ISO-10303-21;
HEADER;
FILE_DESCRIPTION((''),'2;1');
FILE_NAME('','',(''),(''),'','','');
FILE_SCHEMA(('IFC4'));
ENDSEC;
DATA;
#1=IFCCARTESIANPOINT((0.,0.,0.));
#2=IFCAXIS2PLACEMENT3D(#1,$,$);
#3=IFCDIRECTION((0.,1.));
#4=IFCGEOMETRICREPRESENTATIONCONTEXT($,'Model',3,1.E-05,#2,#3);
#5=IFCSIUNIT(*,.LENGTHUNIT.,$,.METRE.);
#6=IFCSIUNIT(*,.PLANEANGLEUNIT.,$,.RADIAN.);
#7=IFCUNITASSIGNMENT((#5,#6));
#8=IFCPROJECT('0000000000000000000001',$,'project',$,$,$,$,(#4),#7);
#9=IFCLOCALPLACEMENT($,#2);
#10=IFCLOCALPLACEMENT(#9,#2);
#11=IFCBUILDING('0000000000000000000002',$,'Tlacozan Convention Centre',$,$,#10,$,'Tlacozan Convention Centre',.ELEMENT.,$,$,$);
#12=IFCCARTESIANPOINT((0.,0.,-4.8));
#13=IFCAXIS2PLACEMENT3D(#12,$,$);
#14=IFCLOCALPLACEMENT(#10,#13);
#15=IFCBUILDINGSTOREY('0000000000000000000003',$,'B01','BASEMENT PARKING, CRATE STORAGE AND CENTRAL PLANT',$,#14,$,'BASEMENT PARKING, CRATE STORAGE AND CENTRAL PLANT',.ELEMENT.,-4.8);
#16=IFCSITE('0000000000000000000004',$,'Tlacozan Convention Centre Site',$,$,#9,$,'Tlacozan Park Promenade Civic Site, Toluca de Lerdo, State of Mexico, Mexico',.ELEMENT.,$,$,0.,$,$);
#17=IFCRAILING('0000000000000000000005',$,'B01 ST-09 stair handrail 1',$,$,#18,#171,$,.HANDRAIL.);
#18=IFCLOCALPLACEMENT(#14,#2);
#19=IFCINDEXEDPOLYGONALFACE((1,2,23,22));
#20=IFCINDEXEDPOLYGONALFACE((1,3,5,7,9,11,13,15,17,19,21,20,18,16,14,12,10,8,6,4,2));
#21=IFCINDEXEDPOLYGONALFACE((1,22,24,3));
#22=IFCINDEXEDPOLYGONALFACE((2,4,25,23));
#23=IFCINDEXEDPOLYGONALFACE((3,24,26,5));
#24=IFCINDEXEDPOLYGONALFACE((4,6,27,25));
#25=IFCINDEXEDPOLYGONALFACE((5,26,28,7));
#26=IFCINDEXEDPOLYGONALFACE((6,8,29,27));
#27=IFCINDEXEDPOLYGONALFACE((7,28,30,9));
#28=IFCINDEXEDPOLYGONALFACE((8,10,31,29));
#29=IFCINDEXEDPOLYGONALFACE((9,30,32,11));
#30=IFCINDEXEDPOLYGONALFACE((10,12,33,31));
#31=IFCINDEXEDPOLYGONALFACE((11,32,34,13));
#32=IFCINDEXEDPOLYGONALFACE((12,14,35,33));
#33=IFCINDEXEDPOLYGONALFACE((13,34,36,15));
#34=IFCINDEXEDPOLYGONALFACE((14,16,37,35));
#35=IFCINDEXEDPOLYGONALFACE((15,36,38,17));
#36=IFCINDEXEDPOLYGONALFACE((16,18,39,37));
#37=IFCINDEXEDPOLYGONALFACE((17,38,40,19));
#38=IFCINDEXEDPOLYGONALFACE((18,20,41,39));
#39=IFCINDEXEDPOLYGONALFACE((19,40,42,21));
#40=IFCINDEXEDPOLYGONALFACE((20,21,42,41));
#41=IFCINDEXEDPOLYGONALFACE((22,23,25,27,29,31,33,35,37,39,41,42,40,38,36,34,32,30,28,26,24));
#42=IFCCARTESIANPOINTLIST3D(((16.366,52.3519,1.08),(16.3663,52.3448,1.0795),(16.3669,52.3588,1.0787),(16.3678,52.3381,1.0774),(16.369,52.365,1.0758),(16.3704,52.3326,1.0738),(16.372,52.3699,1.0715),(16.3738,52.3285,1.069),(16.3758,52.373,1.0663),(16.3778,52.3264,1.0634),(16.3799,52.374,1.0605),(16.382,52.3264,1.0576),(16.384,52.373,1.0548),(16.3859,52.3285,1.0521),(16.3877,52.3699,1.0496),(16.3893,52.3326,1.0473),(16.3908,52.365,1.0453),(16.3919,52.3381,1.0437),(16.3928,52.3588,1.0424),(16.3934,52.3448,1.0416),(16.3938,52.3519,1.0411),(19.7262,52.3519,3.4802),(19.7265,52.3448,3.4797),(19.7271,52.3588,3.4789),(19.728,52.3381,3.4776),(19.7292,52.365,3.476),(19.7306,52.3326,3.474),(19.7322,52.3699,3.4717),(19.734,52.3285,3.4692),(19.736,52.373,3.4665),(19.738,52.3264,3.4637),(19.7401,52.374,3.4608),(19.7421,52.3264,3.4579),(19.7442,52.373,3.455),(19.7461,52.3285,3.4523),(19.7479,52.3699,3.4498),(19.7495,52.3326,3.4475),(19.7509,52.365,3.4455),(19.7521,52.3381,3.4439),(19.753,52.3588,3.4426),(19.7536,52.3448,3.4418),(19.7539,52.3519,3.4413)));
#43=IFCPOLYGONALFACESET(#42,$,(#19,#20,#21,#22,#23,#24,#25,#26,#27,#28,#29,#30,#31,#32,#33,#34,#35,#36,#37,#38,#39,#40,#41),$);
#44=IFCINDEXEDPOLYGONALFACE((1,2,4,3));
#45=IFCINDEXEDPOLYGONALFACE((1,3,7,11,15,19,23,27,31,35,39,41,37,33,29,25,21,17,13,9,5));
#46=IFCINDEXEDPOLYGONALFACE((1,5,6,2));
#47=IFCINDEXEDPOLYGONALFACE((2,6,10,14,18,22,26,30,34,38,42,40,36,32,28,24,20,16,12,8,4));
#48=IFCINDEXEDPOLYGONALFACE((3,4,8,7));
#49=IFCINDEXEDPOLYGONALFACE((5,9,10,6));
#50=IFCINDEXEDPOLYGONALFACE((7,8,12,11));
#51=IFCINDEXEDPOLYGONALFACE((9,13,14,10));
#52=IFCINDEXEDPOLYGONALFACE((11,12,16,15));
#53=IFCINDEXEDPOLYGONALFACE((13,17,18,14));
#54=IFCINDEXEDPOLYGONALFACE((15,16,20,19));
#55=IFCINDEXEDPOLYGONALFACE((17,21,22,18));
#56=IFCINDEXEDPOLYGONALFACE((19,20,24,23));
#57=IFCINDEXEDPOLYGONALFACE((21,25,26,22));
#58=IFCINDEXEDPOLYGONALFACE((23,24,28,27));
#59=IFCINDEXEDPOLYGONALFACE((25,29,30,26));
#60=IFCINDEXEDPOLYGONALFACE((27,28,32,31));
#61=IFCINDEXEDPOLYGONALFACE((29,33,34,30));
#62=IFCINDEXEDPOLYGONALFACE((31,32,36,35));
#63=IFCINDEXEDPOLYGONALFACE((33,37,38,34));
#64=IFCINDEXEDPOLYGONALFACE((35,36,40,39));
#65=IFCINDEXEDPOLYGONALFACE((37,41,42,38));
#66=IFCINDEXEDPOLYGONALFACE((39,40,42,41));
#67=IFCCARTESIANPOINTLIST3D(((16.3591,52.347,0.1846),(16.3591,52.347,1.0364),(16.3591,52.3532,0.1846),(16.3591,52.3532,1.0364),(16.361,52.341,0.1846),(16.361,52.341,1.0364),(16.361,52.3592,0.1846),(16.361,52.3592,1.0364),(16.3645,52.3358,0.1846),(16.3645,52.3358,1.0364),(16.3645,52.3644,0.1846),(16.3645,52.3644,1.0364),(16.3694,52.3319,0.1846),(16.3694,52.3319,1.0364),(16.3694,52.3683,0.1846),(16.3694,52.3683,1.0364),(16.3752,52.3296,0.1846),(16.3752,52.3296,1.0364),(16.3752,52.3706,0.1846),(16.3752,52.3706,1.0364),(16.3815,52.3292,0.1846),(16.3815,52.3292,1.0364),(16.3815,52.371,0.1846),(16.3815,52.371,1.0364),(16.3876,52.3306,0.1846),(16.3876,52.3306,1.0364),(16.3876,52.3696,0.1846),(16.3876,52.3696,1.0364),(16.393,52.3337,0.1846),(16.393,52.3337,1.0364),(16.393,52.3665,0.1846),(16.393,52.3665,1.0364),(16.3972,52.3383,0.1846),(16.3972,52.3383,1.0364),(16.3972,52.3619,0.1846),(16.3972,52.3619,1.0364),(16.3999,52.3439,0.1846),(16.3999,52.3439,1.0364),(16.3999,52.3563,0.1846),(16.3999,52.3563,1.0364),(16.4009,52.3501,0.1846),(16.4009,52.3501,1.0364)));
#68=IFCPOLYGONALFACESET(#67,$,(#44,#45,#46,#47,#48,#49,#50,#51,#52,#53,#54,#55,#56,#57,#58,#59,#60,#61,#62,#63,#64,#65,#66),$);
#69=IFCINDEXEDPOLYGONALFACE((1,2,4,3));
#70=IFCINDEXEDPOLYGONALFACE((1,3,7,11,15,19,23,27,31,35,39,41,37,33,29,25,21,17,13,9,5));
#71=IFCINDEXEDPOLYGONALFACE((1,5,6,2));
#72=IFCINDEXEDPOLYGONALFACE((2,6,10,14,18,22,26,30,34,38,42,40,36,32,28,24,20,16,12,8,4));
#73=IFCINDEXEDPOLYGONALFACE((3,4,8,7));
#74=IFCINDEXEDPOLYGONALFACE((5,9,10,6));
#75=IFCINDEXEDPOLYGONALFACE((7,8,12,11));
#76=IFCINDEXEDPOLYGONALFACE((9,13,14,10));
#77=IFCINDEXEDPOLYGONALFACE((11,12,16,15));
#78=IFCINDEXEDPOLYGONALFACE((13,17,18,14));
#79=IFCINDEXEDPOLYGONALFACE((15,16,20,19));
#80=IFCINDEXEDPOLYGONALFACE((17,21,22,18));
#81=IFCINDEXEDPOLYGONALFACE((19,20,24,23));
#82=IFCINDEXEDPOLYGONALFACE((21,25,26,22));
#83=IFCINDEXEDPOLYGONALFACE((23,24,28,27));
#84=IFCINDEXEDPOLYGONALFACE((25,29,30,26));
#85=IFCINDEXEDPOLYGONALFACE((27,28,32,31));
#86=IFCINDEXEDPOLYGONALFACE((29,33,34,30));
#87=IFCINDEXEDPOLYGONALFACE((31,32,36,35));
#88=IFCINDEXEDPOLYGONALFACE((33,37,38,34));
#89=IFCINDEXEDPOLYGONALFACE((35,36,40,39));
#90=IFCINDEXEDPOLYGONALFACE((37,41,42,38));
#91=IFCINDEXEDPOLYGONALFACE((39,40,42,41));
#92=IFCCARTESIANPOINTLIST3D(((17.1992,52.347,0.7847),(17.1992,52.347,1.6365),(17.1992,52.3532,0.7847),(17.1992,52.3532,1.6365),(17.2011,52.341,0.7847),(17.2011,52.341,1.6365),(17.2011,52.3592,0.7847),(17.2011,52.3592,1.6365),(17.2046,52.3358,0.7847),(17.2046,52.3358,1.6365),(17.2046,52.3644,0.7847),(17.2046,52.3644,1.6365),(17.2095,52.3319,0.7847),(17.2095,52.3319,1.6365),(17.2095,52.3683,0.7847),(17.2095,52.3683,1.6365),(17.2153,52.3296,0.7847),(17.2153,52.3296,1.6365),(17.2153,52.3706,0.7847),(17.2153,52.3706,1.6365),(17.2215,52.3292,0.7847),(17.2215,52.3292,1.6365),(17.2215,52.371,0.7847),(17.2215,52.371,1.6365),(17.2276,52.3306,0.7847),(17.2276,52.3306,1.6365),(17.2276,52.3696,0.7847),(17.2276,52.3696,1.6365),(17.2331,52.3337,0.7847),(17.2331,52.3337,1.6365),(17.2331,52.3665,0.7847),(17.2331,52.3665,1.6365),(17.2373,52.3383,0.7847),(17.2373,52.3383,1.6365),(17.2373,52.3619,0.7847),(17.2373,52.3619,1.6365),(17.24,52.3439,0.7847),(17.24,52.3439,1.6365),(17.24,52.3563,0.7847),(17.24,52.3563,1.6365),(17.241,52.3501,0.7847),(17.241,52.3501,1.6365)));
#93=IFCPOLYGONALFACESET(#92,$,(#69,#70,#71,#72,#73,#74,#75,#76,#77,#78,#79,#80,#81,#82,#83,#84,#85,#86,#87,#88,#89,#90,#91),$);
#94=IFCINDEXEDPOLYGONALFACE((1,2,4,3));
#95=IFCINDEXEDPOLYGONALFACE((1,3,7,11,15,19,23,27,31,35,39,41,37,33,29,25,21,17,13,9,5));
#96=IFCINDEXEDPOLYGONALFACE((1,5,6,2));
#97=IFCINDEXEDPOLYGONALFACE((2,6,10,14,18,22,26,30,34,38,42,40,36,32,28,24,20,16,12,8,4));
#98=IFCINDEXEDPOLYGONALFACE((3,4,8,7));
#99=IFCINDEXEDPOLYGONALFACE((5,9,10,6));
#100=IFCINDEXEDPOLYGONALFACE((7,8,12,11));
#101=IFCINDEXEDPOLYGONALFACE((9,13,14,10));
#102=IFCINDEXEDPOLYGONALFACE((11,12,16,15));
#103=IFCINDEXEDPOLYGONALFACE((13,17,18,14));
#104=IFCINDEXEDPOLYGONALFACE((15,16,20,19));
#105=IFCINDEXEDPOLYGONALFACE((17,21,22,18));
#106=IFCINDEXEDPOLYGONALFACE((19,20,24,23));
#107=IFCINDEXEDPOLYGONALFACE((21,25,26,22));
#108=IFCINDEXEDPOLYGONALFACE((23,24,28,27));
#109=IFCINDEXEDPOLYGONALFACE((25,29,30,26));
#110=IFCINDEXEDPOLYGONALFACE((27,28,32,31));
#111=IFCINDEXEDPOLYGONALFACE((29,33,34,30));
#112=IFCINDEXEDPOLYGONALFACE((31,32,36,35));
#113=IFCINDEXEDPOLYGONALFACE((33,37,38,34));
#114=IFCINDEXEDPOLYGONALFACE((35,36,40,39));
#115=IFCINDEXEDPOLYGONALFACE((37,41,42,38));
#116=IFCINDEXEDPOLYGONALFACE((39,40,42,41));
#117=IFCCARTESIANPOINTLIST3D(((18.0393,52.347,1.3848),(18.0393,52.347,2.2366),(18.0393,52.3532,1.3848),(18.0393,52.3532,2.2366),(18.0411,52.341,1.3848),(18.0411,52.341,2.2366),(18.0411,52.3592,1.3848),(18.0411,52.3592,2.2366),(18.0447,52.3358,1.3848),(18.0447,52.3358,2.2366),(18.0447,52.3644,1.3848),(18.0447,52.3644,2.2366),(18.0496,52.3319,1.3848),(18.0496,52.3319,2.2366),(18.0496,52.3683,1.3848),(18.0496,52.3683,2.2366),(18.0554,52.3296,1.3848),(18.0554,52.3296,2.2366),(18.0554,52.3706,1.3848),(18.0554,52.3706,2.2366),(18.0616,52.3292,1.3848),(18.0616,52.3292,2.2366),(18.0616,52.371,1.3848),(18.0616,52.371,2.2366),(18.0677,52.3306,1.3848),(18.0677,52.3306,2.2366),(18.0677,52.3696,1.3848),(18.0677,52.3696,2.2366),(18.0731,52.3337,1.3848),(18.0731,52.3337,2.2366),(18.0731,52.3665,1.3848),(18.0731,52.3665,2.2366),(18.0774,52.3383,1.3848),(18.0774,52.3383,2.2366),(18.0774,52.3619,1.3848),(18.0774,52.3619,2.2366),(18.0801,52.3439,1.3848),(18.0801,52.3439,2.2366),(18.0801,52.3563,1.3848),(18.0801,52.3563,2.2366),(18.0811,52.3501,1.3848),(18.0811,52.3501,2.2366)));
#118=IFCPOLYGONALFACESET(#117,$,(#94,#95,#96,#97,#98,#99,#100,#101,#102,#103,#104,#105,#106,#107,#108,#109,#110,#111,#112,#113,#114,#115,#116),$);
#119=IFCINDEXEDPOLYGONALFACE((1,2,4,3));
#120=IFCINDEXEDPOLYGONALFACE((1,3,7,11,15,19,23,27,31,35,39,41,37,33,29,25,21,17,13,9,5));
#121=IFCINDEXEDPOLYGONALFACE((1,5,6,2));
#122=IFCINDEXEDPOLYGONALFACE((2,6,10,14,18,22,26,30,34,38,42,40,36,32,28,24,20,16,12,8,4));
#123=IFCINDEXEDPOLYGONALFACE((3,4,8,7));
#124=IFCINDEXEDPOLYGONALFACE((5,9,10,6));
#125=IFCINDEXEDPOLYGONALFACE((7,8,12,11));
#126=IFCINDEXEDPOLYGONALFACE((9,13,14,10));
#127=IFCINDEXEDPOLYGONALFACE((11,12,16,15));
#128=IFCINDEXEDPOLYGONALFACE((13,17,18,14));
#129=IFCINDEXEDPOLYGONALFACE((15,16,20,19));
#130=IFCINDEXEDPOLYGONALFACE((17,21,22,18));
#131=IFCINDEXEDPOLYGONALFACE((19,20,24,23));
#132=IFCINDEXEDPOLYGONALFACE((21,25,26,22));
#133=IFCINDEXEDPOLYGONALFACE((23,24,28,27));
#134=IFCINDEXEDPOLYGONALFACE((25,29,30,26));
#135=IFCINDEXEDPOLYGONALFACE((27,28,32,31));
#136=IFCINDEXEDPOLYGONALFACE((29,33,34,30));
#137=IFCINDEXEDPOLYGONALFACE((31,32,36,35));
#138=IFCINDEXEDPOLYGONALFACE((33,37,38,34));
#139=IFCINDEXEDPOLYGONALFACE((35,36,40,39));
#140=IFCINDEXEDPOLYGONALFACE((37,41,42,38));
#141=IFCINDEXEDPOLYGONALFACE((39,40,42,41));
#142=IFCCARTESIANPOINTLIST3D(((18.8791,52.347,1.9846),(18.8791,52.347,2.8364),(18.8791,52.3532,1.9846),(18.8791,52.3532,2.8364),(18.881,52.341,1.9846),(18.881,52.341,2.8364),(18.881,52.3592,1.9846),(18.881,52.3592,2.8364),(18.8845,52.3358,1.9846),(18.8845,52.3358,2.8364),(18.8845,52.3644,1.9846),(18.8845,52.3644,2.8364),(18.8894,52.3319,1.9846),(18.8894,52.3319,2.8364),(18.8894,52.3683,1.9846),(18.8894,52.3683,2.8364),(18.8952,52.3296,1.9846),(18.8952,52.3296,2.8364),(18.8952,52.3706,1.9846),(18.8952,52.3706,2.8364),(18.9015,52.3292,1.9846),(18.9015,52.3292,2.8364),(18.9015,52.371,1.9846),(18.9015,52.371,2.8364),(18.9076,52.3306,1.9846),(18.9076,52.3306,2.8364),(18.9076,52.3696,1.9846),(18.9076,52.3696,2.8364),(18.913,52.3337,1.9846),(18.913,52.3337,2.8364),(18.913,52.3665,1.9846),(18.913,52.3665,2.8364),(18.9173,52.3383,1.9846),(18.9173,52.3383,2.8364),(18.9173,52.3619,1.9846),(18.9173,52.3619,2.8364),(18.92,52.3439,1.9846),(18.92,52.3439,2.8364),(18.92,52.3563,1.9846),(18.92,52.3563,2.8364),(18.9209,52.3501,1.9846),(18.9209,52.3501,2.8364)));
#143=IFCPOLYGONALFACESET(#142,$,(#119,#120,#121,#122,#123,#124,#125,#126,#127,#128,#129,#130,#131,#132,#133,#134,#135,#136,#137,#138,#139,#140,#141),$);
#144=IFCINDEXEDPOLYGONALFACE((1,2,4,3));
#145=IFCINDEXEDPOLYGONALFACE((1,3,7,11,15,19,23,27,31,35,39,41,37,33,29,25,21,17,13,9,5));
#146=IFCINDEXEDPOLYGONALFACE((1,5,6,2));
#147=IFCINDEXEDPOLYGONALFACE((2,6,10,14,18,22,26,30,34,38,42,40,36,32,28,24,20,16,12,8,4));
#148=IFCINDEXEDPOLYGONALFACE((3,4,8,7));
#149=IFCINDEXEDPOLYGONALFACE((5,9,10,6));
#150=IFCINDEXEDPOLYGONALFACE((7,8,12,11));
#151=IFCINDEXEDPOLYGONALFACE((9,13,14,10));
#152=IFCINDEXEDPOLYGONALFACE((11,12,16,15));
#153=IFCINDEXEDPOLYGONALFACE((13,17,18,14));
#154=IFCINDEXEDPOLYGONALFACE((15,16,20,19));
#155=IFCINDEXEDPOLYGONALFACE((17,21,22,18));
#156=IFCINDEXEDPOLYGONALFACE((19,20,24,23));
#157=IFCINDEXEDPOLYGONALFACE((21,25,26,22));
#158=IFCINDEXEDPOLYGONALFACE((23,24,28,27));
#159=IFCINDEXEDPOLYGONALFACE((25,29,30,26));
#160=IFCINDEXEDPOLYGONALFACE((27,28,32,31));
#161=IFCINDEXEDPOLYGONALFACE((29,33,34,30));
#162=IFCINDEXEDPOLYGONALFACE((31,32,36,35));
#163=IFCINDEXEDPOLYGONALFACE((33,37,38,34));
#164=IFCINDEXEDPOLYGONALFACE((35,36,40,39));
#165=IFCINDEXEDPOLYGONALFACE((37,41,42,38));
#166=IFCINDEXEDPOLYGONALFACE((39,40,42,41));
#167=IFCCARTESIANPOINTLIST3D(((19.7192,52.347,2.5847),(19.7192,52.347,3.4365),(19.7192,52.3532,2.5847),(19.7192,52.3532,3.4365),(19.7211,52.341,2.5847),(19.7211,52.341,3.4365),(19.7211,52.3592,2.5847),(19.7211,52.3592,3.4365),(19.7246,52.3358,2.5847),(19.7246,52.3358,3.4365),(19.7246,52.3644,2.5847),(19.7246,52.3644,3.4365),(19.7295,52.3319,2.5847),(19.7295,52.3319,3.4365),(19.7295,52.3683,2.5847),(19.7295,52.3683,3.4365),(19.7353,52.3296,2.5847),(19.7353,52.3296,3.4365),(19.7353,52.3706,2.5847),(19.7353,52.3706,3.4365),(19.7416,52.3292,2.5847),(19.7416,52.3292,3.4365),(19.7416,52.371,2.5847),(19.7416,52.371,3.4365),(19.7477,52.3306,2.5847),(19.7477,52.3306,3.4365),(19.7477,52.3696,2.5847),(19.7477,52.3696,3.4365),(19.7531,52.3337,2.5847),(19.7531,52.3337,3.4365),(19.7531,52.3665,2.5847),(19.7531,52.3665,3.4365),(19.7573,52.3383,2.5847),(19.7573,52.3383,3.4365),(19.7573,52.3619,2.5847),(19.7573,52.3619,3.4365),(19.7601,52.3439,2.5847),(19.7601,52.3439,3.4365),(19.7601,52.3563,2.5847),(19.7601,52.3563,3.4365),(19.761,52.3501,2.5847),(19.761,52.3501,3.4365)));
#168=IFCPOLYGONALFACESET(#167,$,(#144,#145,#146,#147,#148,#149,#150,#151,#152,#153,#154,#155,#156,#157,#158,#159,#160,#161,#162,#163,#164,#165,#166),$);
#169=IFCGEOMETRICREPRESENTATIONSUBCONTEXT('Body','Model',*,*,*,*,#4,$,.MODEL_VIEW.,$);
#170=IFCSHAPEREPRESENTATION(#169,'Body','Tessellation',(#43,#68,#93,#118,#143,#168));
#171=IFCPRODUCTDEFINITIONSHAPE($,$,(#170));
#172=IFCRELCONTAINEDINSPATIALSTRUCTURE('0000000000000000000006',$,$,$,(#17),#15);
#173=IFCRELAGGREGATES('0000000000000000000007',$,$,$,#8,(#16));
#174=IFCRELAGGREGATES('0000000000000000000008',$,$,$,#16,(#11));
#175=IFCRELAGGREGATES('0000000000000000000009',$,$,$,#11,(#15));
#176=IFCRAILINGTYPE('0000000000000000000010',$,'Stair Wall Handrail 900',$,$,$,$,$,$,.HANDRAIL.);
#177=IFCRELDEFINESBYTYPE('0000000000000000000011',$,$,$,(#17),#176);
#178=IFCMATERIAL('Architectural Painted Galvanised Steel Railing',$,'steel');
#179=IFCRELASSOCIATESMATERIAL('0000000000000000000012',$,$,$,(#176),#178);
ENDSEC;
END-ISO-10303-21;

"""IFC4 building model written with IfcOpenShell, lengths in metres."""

from ifc_helpers import new_model, si_unit, direction, frame, origin, origin_2d, place, context, subcontext, project, spatial, circle, extrude, material, type_object, element, save


model = new_model("IFC4")

# Units and contexts
model_context = context("Model", 3, precision=1e-05, world=origin(), true_north=direction((0.0, 1.0)))
body_context = subcontext(model_context, "Body", "Model", "MODEL_VIEW")
ifc_project = project(units=[si_unit("LENGTHUNIT", "METRE"), si_unit("PLANEANGLEUNIT", "RADIAN")], contexts=[model_context])

# Site, building, storey
site_placement = place(None, origin())
site = spatial("IfcSite", under=ifc_project, at=site_placement, Name="Tlacozan Convention Centre Site", LongName="Tlacozan Park Promenade Civic Site, Toluca de Lerdo, State of Mexico, Mexico", CompositionType="ELEMENT", RefElevation=0.0)
building_placement = place(site_placement, origin())
building = spatial("IfcBuilding", under=site, at=building_placement, Name="Tlacozan Convention Centre", LongName="Tlacozan Convention Centre", CompositionType="ELEMENT")
storey_placement = place(building_placement, frame((0.0, 0.0, -4.8)))
storey = spatial("IfcBuildingStorey", under=building, at=storey_placement, Name="B01", Description="BASEMENT PARKING, CRATE STORAGE AND CENTRAL PLANT", LongName="BASEMENT PARKING, CRATE STORAGE AND CENTRAL PLANT", CompositionType="ELEMENT", Elevation=-4.8)

# Railing
ifc_material_1 = material(Name="Architectural Painted Galvanised Steel Railing", Category="steel")
railing_type_1 = type_object("IfcRailingType", Name="Stair Wall Handrail 900", PredefinedType="HANDRAIL", material=ifc_material_1)
railing_1_placement = place(storey_placement, frame((16.3799, 52.3501, 0.1846)))
element("IfcRailing", 1, at=railing_1_placement, inside=storey, type_object=railing_type_1, Name="B01 ST-09 stair handrail 1", PredefinedType="HANDRAIL", context=body_context, shape_type="SweptSolid", body=[
    extrude(circle(Radius=0.0239, at=origin_2d()), frame((0.0, 0.0, 0.876), z_axis=(0.813725, 0.0, 0.581249), x_axis=(0.0, 1.0, 0.0)), (0.0, 0.0, 1.0), 4.1294),
    extrude(circle(Radius=0.021, at=origin_2d()), origin(), (0.0, 0.0, 1.0), 0.8518),
    extrude(circle(Radius=0.021, at=origin_2d()), frame((0.8401, 0.0, 0.6001)), (0.0, 0.0, 1.0), 0.8518),
    extrude(circle(Radius=0.021, at=origin_2d()), frame((1.6802, 0.0, 1.2002)), (0.0, 0.0, 1.0), 0.8518),
    extrude(circle(Radius=0.021, at=origin_2d()), frame((2.52, 0.0, 1.8)), (0.0, 0.0, 1.0), 0.8518),
    extrude(circle(Radius=0.021, at=origin_2d()), frame((3.3601, 0.0, 2.4001)), (0.0, 0.0, 1.0), 0.8518),
])

save(model, "model.ifc")
